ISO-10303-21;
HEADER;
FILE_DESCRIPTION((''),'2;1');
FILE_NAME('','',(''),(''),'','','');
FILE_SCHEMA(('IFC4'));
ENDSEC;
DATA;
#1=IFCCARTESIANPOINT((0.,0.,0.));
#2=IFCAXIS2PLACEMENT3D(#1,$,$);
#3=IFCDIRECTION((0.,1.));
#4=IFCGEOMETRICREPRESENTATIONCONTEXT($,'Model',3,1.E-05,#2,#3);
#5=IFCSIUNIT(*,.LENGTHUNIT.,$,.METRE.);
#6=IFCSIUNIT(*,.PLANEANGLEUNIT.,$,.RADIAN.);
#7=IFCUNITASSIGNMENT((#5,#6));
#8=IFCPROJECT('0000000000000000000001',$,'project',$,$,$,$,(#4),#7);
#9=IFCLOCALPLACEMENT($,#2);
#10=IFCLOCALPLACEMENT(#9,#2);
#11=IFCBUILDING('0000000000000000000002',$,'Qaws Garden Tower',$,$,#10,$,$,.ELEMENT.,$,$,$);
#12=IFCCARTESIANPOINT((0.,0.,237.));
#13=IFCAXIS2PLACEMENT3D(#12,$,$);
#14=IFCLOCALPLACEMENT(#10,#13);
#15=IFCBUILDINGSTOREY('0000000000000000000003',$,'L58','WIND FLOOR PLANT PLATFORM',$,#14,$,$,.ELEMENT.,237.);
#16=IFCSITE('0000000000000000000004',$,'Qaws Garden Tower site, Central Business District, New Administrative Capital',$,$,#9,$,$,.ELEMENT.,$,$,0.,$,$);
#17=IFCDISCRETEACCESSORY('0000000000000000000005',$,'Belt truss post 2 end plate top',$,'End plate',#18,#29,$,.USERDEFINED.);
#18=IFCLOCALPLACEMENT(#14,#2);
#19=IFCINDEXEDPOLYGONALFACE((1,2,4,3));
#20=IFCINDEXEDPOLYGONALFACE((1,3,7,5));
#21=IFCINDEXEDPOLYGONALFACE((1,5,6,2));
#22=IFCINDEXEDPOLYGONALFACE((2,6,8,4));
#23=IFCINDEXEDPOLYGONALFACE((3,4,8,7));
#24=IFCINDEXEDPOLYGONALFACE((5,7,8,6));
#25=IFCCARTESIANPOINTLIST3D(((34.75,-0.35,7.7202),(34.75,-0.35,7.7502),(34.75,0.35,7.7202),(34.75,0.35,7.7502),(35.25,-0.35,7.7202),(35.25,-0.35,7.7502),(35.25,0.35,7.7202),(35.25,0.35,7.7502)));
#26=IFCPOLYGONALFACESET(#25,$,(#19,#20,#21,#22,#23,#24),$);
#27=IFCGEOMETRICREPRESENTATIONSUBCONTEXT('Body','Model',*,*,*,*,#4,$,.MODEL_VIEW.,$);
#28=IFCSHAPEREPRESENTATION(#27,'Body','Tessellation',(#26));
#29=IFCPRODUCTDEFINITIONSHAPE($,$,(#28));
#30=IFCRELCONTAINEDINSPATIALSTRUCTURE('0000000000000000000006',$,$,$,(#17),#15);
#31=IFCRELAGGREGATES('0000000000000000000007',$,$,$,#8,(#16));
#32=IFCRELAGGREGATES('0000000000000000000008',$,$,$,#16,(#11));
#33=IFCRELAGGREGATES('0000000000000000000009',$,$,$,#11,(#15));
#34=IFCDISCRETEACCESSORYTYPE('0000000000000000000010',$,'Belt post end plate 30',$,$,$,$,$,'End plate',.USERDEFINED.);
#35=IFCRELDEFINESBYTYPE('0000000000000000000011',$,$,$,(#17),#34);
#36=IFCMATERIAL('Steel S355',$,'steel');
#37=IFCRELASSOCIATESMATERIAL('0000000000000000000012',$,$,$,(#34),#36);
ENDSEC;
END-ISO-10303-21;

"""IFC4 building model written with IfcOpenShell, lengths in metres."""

from ifc_helpers import new_model, si_unit, direction, frame, origin, origin_2d, place, context, subcontext, project, spatial, rectangle, extrude, material, type_object, element, save


model = new_model("IFC4")

# Units and contexts
model_context = context("Model", 3, precision=1e-05, world=origin(), true_north=direction((0.0, 1.0)))
body_context = subcontext(model_context, "Body", "Model", "MODEL_VIEW")
ifc_project = project(units=[si_unit("LENGTHUNIT", "METRE"), si_unit("PLANEANGLEUNIT", "RADIAN")], contexts=[model_context])

# Site, building, storey
site_placement = place(None, origin())
site = spatial("IfcSite", under=ifc_project, at=site_placement, Name="Qaws Garden Tower site, Central Business District, New Administrative Capital", CompositionType="ELEMENT", RefElevation=0.0)
building_placement = place(site_placement, origin())
building = spatial("IfcBuilding", under=site, at=building_placement, Name="Qaws Garden Tower", CompositionType="ELEMENT")
storey_placement = place(building_placement, frame((0.0, 0.0, 237.0)))
storey = spatial("IfcBuildingStorey", under=building, at=storey_placement, Name="L58", Description="WIND FLOOR PLANT PLATFORM", CompositionType="ELEMENT", Elevation=237.0)

# Discrete accessory
ifc_material_1 = material(Name="Steel S355", Category="steel")
discrete_accessory_type = type_object("IfcDiscreteAccessoryType", Name="Belt post end plate 30", ElementType="End plate", PredefinedType="USERDEFINED", material=ifc_material_1)
discrete_accessory_1_placement = place(storey_placement, frame((35.0, 0.0, 7.7202), z_axis=(0.0, 0.0, 1.0), x_axis=(1.0, 0.0, 0.0)))
element("IfcDiscreteAccessory", 1, at=discrete_accessory_1_placement, inside=storey, type_object=discrete_accessory_type, Name="Belt truss post 2 end plate top", ObjectType="End plate", PredefinedType="USERDEFINED", context=body_context, shape_type="SweptSolid", body=[
    extrude(rectangle(XDim=0.5, YDim=0.7, at=origin_2d()), origin(), (0.0, 0.0, 1.0), 0.03),
])

save(model, "model.ifc")
